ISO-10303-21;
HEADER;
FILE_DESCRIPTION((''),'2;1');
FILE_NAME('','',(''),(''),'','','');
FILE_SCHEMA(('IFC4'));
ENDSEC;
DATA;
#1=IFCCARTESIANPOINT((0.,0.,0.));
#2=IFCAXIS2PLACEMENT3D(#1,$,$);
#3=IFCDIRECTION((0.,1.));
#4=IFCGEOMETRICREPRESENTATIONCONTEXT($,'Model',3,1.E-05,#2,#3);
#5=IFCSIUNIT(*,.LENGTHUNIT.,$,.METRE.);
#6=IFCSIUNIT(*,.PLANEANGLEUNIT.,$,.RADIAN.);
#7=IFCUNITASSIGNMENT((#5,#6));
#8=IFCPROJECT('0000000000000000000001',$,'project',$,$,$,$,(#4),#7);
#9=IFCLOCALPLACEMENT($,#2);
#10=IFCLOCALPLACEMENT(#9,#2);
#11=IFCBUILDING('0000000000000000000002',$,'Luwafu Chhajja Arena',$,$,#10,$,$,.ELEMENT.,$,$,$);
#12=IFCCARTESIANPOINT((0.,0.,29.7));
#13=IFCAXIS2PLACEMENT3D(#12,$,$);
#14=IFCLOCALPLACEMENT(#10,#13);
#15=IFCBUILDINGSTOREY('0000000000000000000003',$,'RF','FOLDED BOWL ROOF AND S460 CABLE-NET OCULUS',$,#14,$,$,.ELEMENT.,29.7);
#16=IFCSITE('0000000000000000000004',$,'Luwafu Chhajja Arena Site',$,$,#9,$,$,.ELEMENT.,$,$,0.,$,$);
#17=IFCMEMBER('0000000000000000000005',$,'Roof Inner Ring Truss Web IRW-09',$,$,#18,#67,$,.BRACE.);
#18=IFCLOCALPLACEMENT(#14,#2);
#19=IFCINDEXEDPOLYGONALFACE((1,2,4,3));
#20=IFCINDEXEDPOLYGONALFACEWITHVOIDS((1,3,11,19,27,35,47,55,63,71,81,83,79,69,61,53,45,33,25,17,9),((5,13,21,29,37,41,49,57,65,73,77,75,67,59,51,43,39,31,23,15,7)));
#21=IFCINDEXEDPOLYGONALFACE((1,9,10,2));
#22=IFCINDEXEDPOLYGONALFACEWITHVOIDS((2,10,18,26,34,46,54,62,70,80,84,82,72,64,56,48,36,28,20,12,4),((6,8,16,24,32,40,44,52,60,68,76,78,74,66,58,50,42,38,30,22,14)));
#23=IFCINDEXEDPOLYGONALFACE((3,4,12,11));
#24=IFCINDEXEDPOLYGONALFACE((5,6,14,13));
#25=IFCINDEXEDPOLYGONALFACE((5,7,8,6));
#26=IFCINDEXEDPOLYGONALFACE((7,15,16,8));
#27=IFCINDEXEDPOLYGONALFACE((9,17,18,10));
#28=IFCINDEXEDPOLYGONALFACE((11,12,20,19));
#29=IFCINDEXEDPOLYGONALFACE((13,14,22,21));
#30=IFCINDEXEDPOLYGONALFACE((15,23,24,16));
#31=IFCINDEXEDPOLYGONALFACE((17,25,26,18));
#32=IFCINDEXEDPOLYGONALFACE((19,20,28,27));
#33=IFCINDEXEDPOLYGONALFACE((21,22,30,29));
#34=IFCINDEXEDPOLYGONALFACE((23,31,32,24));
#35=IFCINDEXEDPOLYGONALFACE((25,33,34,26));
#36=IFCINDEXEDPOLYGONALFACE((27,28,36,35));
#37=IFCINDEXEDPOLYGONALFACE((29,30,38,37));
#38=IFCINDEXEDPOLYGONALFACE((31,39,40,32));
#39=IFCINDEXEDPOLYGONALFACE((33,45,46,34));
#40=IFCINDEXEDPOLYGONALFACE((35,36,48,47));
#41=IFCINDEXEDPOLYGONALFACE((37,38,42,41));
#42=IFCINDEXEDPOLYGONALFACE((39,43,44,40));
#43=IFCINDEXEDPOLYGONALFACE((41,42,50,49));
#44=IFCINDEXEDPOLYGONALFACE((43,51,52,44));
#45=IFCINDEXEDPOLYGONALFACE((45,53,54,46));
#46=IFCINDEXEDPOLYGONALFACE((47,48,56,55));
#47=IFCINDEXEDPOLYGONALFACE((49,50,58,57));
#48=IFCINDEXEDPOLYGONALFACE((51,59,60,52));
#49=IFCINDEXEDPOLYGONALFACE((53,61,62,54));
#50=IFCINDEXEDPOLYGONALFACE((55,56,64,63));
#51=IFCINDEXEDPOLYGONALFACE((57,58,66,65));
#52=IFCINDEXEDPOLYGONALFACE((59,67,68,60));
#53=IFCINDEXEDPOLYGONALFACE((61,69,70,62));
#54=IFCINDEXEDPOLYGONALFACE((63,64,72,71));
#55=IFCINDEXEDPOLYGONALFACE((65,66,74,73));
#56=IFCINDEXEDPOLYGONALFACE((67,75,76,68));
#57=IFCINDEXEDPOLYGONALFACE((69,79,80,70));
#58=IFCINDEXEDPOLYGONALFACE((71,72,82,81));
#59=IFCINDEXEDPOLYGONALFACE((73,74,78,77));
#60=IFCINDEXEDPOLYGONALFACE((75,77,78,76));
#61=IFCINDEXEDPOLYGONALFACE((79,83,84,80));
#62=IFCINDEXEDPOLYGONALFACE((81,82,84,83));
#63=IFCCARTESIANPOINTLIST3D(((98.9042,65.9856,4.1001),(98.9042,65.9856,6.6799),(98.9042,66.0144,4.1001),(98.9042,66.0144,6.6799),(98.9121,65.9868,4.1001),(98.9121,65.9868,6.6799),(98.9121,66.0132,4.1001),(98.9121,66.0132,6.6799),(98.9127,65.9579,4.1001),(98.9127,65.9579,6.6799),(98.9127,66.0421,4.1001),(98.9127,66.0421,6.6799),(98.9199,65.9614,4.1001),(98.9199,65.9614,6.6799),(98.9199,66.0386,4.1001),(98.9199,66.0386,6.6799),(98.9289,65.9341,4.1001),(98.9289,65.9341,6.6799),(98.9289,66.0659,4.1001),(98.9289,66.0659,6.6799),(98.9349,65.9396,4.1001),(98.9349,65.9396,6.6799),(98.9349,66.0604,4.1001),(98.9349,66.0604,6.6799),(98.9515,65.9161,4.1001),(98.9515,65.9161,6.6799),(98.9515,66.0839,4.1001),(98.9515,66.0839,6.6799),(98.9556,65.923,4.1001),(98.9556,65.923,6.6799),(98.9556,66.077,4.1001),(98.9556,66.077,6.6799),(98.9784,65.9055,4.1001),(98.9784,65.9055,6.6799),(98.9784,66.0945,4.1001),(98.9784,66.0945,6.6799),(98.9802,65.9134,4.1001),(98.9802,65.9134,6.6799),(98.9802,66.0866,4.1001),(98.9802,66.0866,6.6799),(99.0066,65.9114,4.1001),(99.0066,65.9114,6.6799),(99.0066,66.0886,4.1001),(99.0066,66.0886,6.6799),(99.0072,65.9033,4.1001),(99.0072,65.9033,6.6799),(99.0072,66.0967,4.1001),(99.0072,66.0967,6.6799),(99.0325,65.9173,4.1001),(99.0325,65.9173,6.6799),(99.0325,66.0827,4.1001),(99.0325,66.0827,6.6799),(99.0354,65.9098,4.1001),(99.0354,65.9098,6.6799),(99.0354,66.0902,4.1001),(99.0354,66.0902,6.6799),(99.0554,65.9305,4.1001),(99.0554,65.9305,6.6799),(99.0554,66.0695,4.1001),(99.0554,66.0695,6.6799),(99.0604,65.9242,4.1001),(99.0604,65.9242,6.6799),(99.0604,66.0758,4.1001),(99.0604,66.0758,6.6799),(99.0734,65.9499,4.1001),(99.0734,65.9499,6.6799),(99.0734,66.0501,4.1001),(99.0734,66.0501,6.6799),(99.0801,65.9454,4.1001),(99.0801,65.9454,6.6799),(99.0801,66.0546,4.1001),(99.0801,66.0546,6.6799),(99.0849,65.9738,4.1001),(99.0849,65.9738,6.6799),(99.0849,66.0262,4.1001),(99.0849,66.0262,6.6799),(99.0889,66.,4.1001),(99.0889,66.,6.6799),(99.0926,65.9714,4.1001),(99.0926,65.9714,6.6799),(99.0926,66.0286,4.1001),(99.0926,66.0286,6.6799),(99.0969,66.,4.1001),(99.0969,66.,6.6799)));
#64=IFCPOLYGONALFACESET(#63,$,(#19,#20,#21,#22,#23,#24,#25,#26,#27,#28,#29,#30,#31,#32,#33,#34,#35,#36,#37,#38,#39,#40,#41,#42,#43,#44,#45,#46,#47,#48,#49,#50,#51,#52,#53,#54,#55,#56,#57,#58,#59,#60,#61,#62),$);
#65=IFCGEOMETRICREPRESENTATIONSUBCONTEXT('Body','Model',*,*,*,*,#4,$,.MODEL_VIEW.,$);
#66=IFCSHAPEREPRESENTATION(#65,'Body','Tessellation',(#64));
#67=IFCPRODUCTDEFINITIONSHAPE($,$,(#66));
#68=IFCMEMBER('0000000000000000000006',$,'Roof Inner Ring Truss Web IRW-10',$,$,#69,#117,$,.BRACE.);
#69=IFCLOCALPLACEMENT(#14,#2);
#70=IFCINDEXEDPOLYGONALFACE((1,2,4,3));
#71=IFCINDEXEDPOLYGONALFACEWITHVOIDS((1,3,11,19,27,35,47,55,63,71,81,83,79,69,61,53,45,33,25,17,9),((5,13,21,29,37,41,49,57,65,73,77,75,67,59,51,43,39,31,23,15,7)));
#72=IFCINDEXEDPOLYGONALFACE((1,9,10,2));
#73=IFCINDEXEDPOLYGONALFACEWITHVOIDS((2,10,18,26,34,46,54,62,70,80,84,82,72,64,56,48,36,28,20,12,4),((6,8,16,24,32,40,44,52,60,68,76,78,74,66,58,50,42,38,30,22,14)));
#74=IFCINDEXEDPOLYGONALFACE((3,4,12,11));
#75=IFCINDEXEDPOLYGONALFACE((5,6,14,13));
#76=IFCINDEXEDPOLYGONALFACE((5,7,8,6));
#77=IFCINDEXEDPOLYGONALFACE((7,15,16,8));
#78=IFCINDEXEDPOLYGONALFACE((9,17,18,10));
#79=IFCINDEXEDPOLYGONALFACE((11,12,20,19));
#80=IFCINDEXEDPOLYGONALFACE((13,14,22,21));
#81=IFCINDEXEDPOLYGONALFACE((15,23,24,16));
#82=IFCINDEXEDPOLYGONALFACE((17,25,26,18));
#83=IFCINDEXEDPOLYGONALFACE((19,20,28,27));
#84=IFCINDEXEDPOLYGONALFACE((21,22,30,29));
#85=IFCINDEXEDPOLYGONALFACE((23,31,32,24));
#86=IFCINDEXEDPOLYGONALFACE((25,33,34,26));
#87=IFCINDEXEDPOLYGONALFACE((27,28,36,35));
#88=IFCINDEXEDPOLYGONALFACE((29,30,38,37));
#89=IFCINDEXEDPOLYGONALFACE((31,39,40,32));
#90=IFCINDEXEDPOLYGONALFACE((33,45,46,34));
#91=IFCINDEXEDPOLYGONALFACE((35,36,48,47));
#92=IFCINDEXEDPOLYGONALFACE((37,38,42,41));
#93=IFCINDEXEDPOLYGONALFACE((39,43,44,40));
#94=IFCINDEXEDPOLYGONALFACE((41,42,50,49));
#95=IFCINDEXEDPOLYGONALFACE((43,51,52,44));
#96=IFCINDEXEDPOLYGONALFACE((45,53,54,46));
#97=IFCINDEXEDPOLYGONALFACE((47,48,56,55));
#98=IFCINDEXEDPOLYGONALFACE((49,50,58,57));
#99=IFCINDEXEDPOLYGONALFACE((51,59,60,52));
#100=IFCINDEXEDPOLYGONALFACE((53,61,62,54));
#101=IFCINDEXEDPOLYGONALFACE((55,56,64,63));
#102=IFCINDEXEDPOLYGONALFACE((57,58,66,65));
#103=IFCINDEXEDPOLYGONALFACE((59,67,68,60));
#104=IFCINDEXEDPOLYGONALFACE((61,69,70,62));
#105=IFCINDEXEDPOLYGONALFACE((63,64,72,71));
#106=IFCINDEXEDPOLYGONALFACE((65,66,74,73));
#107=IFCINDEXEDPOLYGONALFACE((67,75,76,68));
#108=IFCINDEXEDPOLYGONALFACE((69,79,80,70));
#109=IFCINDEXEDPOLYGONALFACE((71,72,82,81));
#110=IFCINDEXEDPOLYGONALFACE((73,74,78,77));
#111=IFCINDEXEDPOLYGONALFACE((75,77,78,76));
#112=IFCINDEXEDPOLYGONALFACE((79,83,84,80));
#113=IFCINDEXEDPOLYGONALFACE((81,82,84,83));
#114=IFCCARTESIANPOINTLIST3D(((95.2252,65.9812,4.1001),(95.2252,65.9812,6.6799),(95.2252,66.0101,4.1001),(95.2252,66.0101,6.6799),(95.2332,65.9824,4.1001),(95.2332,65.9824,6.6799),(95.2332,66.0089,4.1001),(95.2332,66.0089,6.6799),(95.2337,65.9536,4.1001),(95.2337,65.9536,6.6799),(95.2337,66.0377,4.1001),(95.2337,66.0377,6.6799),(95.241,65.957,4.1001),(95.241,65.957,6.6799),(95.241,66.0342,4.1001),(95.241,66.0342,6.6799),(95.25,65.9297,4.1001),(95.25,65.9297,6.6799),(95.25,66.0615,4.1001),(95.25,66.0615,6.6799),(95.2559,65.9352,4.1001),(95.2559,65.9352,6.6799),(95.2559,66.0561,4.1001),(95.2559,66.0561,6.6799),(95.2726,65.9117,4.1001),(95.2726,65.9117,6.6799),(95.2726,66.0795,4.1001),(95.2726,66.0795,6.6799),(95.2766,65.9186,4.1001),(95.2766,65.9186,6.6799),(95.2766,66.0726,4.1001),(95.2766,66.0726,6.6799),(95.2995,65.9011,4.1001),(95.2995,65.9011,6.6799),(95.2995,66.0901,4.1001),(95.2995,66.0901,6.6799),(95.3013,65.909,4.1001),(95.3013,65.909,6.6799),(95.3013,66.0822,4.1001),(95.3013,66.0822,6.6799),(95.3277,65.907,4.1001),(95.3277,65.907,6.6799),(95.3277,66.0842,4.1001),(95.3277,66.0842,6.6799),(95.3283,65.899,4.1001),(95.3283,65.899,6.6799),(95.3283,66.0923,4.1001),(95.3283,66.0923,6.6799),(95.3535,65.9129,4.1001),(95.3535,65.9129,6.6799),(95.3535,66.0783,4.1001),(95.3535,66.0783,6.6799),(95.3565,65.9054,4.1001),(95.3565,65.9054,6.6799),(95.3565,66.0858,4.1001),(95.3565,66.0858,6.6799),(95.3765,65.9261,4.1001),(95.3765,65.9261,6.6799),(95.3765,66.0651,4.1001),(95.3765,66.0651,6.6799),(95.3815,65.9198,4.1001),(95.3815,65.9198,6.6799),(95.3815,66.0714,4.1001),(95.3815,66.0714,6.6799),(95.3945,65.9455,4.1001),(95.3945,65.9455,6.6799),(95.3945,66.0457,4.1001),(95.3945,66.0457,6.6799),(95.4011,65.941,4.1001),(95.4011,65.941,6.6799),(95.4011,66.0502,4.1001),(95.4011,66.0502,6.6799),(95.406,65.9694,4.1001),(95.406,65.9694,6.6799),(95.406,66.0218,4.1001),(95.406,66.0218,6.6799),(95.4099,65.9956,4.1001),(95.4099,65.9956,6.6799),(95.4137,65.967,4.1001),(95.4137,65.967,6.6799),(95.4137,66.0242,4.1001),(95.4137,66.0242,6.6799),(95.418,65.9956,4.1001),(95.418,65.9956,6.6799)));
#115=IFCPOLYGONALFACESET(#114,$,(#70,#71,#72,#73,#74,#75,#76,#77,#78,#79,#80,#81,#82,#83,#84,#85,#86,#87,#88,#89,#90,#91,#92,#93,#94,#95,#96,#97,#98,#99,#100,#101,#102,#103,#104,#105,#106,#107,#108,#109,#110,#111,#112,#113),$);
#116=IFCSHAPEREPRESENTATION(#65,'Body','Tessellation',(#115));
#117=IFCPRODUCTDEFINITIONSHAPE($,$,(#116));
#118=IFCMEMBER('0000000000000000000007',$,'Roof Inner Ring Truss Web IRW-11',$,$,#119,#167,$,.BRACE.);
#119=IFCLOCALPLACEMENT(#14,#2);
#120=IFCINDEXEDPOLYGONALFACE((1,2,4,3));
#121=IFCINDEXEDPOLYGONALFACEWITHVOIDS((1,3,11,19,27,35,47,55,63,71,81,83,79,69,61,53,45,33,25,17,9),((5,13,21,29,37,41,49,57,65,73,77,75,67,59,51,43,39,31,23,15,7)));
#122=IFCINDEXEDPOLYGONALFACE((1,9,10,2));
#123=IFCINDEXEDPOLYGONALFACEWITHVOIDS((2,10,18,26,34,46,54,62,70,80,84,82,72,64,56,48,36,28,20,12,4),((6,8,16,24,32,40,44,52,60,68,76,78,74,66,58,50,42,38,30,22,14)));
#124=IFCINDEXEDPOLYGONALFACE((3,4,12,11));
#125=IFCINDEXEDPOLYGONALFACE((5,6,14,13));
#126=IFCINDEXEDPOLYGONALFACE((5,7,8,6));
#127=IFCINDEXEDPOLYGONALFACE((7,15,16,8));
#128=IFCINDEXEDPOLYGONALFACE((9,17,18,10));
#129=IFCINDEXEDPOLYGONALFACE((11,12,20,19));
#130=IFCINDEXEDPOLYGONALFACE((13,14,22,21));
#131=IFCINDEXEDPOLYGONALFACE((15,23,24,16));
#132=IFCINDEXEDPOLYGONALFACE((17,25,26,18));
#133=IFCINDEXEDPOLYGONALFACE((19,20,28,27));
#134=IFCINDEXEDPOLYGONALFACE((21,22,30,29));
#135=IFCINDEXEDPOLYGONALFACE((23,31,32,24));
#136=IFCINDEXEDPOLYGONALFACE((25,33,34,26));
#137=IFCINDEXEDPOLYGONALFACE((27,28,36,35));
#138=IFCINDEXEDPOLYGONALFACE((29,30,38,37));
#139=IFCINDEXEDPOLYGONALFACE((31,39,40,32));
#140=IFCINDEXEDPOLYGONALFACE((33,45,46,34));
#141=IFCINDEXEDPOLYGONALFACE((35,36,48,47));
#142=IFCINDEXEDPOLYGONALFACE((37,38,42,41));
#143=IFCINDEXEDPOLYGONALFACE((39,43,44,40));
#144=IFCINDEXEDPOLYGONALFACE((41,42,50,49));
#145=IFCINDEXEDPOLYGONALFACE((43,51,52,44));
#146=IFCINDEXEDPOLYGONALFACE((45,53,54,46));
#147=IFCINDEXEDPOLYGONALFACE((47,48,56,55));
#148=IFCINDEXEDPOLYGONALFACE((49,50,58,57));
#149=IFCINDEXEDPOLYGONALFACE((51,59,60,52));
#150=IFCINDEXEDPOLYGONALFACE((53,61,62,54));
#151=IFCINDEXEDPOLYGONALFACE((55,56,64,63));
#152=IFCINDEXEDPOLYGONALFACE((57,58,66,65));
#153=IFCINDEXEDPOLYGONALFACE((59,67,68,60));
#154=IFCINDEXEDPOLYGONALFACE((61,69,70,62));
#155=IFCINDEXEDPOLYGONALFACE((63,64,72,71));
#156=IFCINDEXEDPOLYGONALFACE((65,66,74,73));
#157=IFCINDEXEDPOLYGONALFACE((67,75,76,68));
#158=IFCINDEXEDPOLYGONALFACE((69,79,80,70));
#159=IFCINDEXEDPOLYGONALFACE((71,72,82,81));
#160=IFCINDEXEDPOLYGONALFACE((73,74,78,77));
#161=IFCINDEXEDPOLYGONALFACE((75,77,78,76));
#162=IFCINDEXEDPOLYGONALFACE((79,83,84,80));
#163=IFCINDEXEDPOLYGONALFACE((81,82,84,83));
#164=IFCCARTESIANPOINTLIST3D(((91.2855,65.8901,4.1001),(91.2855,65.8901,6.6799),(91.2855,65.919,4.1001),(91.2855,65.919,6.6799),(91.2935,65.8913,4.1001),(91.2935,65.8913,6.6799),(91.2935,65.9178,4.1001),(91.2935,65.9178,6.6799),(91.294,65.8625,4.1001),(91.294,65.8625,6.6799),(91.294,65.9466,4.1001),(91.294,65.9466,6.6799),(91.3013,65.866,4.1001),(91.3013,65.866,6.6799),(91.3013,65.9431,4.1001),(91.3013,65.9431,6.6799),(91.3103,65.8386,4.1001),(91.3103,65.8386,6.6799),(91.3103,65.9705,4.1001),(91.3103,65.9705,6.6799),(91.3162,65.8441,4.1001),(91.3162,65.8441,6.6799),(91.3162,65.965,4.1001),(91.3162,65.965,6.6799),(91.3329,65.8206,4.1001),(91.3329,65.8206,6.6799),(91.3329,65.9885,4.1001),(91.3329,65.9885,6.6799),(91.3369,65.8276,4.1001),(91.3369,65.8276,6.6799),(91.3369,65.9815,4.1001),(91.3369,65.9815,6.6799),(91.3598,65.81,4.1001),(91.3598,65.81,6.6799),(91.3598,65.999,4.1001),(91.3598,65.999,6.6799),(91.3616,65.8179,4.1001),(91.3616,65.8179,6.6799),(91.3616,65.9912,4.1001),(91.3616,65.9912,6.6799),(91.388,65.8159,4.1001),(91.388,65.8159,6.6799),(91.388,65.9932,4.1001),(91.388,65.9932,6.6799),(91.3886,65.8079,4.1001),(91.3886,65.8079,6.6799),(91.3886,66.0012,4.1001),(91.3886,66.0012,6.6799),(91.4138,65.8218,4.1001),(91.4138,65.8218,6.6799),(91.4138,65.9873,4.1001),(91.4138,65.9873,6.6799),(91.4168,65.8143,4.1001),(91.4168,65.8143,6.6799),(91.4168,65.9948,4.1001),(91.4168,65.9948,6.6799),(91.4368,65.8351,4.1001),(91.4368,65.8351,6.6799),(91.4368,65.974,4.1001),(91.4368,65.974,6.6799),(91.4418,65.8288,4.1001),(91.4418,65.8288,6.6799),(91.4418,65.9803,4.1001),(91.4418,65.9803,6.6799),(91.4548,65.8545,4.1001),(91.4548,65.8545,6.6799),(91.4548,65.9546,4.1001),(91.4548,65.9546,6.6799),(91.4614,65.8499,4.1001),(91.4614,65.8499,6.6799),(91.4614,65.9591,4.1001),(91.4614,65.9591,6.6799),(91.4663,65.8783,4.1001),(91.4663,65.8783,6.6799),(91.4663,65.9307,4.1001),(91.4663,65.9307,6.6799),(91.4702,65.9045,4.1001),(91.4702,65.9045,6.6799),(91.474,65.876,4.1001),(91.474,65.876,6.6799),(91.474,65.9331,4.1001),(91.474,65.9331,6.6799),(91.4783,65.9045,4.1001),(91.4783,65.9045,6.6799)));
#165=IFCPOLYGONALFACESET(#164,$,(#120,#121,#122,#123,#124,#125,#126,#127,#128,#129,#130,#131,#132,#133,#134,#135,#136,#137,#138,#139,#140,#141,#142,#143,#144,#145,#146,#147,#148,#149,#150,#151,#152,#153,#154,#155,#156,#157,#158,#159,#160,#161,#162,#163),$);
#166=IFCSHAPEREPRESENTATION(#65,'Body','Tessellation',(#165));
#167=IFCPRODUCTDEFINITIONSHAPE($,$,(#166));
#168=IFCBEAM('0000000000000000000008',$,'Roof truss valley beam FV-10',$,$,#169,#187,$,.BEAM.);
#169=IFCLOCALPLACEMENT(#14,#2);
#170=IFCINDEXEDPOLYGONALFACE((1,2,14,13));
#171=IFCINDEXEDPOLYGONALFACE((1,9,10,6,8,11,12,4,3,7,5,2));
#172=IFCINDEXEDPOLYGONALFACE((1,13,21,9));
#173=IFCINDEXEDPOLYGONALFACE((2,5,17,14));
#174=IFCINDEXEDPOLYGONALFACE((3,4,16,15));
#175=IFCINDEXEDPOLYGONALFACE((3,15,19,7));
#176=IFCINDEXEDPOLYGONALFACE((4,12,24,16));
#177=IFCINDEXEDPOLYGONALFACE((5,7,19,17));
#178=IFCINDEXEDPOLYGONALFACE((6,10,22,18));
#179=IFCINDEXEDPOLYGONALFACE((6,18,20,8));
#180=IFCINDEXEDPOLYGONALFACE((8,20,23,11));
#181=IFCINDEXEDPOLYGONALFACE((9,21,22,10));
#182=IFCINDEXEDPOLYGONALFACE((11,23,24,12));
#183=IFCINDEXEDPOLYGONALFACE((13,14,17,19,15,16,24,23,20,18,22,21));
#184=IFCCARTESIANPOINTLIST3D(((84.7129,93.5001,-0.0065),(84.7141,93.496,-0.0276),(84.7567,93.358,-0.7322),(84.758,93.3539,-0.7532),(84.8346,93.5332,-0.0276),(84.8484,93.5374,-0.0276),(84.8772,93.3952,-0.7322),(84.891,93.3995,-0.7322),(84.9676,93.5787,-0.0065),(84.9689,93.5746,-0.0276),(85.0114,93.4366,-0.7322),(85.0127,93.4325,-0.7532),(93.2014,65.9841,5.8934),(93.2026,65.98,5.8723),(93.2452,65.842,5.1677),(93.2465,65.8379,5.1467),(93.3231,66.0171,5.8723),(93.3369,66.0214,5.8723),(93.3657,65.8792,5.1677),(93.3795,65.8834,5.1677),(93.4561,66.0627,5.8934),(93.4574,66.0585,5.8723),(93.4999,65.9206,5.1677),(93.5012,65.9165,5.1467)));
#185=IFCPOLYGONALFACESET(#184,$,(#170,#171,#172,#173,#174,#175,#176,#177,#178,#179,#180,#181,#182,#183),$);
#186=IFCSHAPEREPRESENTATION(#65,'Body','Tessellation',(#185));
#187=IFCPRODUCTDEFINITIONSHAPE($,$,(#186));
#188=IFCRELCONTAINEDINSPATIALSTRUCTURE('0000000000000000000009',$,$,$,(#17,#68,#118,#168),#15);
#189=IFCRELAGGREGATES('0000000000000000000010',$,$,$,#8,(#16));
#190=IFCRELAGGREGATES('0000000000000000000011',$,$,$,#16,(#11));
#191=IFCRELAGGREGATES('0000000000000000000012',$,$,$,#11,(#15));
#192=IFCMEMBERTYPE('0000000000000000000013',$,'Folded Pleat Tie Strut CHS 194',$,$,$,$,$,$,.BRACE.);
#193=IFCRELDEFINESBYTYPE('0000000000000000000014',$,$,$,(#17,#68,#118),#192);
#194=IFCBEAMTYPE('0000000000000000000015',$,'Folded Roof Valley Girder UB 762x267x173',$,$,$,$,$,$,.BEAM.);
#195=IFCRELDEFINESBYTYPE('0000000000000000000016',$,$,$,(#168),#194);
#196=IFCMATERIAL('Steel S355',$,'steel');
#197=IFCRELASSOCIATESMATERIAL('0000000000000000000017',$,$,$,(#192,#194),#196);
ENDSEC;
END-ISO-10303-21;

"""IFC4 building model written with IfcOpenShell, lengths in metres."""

from ifc_helpers import new_model, si_unit, direction, frame, origin, origin_2d, place, context, subcontext, project, spatial, hollow_circle, i_section, extrude, material, material_profile, profile_set, type_object, element, save


model = new_model("IFC4")

# Units and contexts
model_context = context("Model", 3, precision=1e-05, world=origin(), true_north=direction((0.0, 1.0)))
body_context = subcontext(model_context, "Body", "Model", "MODEL_VIEW")
ifc_project = project(units=[si_unit("LENGTHUNIT", "METRE"), si_unit("PLANEANGLEUNIT", "RADIAN")], contexts=[model_context])

# Site, building, storey
site_placement = place(None, origin())
site = spatial("IfcSite", under=ifc_project, at=site_placement, Name="Luwafu Chhajja Arena Site", CompositionType="ELEMENT", RefElevation=0.0)
building_placement = place(site_placement, origin())
building = spatial("IfcBuilding", under=site, at=building_placement, Name="Luwafu Chhajja Arena", CompositionType="ELEMENT")
storey_placement = place(building_placement, frame((0.0, 0.0, 29.7)))
storey = spatial("IfcBuildingStorey", under=building, at=storey_placement, Name="RF", Description="FOLDED BOWL ROOF AND S460 CABLE-NET OCULUS", CompositionType="ELEMENT", Elevation=29.7)

# Members
ifc_material_1 = material(Name="Steel S355", Category="steel")
ifc_material_profile_1 = material_profile(ifc_material_1, hollow_circle(Radius=0.0969, WallThickness=0.0081, at=origin_2d()), Name="CHS 193.7x8")
ifc_profile_set_1 = profile_set([ifc_material_profile_1], Name="Steel S355")
member_type_1 = type_object("IfcMemberType", Name="Folded Pleat Tie Strut CHS 194", PredefinedType="BRACE", material=ifc_profile_set_1)
for number, where, z_axis, x_axis, name in (
    (1, (99.0, 66.0, 4.1001), (0.0, 0.0, 1.0), (1.0, 0.0, 0.0), "Roof Inner Ring Truss Web IRW-09"),
    (2, (95.321, 65.9956, 4.1001), (0.0, 0.0, 1.0), (1.0, 0.0, 0.0), "Roof Inner Ring Truss Web IRW-10"),
    (3, (91.3813, 65.9045, 4.1001), (0.0, 0.0, 1.0), (1.0, 0.0, 0.0), "Roof Inner Ring Truss Web IRW-11"),
):
    element("IfcMember", number, at=place(storey_placement, frame(where, z_axis=z_axis, x_axis=x_axis)), inside=storey, type_object=member_type_1, Name=name, PredefinedType="BRACE", context=body_context, shape_type="SweptSolid", body=[
        extrude(hollow_circle(Radius=0.0969, WallThickness=0.0081, at=origin_2d()), origin(), (0.0, 0.0, 1.0), 2.5798),
    ])

# Beam
ifc_material_profile_2 = material_profile(ifc_material_1, i_section(OverallWidth=0.2666, OverallDepth=0.7622, WebThickness=0.0144, FlangeThickness=0.0215, at=origin_2d()), Name="UB 762x267x173")
ifc_profile_set_2 = profile_set([ifc_material_profile_2], Name="Steel S355")
beam_type_1 = type_object("IfcBeamType", Name="Folded Roof Valley Girder UB 762x267x173", PredefinedType="BEAM", material=ifc_profile_set_2)
beam_1_placement = place(storey_placement, frame((84.8628, 93.4663, -0.3799), z_axis=(0.288785, -0.936117, 0.200719), x_axis=(0.955564, 0.294785, 0.0)))
element("IfcBeam", 4, at=beam_1_placement, inside=storey, type_object=beam_type_1, Name="Roof truss valley beam FV-10", PredefinedType="BEAM", context=body_context, shape_type="SweptSolid", body=[
    extrude(i_section(OverallWidth=0.2666, OverallDepth=0.7622, WebThickness=0.0144, FlangeThickness=0.0215, at=origin_2d()), origin(), (0.0, 0.0, 1.0), 29.3938),
])

save(model, "model.ifc")
